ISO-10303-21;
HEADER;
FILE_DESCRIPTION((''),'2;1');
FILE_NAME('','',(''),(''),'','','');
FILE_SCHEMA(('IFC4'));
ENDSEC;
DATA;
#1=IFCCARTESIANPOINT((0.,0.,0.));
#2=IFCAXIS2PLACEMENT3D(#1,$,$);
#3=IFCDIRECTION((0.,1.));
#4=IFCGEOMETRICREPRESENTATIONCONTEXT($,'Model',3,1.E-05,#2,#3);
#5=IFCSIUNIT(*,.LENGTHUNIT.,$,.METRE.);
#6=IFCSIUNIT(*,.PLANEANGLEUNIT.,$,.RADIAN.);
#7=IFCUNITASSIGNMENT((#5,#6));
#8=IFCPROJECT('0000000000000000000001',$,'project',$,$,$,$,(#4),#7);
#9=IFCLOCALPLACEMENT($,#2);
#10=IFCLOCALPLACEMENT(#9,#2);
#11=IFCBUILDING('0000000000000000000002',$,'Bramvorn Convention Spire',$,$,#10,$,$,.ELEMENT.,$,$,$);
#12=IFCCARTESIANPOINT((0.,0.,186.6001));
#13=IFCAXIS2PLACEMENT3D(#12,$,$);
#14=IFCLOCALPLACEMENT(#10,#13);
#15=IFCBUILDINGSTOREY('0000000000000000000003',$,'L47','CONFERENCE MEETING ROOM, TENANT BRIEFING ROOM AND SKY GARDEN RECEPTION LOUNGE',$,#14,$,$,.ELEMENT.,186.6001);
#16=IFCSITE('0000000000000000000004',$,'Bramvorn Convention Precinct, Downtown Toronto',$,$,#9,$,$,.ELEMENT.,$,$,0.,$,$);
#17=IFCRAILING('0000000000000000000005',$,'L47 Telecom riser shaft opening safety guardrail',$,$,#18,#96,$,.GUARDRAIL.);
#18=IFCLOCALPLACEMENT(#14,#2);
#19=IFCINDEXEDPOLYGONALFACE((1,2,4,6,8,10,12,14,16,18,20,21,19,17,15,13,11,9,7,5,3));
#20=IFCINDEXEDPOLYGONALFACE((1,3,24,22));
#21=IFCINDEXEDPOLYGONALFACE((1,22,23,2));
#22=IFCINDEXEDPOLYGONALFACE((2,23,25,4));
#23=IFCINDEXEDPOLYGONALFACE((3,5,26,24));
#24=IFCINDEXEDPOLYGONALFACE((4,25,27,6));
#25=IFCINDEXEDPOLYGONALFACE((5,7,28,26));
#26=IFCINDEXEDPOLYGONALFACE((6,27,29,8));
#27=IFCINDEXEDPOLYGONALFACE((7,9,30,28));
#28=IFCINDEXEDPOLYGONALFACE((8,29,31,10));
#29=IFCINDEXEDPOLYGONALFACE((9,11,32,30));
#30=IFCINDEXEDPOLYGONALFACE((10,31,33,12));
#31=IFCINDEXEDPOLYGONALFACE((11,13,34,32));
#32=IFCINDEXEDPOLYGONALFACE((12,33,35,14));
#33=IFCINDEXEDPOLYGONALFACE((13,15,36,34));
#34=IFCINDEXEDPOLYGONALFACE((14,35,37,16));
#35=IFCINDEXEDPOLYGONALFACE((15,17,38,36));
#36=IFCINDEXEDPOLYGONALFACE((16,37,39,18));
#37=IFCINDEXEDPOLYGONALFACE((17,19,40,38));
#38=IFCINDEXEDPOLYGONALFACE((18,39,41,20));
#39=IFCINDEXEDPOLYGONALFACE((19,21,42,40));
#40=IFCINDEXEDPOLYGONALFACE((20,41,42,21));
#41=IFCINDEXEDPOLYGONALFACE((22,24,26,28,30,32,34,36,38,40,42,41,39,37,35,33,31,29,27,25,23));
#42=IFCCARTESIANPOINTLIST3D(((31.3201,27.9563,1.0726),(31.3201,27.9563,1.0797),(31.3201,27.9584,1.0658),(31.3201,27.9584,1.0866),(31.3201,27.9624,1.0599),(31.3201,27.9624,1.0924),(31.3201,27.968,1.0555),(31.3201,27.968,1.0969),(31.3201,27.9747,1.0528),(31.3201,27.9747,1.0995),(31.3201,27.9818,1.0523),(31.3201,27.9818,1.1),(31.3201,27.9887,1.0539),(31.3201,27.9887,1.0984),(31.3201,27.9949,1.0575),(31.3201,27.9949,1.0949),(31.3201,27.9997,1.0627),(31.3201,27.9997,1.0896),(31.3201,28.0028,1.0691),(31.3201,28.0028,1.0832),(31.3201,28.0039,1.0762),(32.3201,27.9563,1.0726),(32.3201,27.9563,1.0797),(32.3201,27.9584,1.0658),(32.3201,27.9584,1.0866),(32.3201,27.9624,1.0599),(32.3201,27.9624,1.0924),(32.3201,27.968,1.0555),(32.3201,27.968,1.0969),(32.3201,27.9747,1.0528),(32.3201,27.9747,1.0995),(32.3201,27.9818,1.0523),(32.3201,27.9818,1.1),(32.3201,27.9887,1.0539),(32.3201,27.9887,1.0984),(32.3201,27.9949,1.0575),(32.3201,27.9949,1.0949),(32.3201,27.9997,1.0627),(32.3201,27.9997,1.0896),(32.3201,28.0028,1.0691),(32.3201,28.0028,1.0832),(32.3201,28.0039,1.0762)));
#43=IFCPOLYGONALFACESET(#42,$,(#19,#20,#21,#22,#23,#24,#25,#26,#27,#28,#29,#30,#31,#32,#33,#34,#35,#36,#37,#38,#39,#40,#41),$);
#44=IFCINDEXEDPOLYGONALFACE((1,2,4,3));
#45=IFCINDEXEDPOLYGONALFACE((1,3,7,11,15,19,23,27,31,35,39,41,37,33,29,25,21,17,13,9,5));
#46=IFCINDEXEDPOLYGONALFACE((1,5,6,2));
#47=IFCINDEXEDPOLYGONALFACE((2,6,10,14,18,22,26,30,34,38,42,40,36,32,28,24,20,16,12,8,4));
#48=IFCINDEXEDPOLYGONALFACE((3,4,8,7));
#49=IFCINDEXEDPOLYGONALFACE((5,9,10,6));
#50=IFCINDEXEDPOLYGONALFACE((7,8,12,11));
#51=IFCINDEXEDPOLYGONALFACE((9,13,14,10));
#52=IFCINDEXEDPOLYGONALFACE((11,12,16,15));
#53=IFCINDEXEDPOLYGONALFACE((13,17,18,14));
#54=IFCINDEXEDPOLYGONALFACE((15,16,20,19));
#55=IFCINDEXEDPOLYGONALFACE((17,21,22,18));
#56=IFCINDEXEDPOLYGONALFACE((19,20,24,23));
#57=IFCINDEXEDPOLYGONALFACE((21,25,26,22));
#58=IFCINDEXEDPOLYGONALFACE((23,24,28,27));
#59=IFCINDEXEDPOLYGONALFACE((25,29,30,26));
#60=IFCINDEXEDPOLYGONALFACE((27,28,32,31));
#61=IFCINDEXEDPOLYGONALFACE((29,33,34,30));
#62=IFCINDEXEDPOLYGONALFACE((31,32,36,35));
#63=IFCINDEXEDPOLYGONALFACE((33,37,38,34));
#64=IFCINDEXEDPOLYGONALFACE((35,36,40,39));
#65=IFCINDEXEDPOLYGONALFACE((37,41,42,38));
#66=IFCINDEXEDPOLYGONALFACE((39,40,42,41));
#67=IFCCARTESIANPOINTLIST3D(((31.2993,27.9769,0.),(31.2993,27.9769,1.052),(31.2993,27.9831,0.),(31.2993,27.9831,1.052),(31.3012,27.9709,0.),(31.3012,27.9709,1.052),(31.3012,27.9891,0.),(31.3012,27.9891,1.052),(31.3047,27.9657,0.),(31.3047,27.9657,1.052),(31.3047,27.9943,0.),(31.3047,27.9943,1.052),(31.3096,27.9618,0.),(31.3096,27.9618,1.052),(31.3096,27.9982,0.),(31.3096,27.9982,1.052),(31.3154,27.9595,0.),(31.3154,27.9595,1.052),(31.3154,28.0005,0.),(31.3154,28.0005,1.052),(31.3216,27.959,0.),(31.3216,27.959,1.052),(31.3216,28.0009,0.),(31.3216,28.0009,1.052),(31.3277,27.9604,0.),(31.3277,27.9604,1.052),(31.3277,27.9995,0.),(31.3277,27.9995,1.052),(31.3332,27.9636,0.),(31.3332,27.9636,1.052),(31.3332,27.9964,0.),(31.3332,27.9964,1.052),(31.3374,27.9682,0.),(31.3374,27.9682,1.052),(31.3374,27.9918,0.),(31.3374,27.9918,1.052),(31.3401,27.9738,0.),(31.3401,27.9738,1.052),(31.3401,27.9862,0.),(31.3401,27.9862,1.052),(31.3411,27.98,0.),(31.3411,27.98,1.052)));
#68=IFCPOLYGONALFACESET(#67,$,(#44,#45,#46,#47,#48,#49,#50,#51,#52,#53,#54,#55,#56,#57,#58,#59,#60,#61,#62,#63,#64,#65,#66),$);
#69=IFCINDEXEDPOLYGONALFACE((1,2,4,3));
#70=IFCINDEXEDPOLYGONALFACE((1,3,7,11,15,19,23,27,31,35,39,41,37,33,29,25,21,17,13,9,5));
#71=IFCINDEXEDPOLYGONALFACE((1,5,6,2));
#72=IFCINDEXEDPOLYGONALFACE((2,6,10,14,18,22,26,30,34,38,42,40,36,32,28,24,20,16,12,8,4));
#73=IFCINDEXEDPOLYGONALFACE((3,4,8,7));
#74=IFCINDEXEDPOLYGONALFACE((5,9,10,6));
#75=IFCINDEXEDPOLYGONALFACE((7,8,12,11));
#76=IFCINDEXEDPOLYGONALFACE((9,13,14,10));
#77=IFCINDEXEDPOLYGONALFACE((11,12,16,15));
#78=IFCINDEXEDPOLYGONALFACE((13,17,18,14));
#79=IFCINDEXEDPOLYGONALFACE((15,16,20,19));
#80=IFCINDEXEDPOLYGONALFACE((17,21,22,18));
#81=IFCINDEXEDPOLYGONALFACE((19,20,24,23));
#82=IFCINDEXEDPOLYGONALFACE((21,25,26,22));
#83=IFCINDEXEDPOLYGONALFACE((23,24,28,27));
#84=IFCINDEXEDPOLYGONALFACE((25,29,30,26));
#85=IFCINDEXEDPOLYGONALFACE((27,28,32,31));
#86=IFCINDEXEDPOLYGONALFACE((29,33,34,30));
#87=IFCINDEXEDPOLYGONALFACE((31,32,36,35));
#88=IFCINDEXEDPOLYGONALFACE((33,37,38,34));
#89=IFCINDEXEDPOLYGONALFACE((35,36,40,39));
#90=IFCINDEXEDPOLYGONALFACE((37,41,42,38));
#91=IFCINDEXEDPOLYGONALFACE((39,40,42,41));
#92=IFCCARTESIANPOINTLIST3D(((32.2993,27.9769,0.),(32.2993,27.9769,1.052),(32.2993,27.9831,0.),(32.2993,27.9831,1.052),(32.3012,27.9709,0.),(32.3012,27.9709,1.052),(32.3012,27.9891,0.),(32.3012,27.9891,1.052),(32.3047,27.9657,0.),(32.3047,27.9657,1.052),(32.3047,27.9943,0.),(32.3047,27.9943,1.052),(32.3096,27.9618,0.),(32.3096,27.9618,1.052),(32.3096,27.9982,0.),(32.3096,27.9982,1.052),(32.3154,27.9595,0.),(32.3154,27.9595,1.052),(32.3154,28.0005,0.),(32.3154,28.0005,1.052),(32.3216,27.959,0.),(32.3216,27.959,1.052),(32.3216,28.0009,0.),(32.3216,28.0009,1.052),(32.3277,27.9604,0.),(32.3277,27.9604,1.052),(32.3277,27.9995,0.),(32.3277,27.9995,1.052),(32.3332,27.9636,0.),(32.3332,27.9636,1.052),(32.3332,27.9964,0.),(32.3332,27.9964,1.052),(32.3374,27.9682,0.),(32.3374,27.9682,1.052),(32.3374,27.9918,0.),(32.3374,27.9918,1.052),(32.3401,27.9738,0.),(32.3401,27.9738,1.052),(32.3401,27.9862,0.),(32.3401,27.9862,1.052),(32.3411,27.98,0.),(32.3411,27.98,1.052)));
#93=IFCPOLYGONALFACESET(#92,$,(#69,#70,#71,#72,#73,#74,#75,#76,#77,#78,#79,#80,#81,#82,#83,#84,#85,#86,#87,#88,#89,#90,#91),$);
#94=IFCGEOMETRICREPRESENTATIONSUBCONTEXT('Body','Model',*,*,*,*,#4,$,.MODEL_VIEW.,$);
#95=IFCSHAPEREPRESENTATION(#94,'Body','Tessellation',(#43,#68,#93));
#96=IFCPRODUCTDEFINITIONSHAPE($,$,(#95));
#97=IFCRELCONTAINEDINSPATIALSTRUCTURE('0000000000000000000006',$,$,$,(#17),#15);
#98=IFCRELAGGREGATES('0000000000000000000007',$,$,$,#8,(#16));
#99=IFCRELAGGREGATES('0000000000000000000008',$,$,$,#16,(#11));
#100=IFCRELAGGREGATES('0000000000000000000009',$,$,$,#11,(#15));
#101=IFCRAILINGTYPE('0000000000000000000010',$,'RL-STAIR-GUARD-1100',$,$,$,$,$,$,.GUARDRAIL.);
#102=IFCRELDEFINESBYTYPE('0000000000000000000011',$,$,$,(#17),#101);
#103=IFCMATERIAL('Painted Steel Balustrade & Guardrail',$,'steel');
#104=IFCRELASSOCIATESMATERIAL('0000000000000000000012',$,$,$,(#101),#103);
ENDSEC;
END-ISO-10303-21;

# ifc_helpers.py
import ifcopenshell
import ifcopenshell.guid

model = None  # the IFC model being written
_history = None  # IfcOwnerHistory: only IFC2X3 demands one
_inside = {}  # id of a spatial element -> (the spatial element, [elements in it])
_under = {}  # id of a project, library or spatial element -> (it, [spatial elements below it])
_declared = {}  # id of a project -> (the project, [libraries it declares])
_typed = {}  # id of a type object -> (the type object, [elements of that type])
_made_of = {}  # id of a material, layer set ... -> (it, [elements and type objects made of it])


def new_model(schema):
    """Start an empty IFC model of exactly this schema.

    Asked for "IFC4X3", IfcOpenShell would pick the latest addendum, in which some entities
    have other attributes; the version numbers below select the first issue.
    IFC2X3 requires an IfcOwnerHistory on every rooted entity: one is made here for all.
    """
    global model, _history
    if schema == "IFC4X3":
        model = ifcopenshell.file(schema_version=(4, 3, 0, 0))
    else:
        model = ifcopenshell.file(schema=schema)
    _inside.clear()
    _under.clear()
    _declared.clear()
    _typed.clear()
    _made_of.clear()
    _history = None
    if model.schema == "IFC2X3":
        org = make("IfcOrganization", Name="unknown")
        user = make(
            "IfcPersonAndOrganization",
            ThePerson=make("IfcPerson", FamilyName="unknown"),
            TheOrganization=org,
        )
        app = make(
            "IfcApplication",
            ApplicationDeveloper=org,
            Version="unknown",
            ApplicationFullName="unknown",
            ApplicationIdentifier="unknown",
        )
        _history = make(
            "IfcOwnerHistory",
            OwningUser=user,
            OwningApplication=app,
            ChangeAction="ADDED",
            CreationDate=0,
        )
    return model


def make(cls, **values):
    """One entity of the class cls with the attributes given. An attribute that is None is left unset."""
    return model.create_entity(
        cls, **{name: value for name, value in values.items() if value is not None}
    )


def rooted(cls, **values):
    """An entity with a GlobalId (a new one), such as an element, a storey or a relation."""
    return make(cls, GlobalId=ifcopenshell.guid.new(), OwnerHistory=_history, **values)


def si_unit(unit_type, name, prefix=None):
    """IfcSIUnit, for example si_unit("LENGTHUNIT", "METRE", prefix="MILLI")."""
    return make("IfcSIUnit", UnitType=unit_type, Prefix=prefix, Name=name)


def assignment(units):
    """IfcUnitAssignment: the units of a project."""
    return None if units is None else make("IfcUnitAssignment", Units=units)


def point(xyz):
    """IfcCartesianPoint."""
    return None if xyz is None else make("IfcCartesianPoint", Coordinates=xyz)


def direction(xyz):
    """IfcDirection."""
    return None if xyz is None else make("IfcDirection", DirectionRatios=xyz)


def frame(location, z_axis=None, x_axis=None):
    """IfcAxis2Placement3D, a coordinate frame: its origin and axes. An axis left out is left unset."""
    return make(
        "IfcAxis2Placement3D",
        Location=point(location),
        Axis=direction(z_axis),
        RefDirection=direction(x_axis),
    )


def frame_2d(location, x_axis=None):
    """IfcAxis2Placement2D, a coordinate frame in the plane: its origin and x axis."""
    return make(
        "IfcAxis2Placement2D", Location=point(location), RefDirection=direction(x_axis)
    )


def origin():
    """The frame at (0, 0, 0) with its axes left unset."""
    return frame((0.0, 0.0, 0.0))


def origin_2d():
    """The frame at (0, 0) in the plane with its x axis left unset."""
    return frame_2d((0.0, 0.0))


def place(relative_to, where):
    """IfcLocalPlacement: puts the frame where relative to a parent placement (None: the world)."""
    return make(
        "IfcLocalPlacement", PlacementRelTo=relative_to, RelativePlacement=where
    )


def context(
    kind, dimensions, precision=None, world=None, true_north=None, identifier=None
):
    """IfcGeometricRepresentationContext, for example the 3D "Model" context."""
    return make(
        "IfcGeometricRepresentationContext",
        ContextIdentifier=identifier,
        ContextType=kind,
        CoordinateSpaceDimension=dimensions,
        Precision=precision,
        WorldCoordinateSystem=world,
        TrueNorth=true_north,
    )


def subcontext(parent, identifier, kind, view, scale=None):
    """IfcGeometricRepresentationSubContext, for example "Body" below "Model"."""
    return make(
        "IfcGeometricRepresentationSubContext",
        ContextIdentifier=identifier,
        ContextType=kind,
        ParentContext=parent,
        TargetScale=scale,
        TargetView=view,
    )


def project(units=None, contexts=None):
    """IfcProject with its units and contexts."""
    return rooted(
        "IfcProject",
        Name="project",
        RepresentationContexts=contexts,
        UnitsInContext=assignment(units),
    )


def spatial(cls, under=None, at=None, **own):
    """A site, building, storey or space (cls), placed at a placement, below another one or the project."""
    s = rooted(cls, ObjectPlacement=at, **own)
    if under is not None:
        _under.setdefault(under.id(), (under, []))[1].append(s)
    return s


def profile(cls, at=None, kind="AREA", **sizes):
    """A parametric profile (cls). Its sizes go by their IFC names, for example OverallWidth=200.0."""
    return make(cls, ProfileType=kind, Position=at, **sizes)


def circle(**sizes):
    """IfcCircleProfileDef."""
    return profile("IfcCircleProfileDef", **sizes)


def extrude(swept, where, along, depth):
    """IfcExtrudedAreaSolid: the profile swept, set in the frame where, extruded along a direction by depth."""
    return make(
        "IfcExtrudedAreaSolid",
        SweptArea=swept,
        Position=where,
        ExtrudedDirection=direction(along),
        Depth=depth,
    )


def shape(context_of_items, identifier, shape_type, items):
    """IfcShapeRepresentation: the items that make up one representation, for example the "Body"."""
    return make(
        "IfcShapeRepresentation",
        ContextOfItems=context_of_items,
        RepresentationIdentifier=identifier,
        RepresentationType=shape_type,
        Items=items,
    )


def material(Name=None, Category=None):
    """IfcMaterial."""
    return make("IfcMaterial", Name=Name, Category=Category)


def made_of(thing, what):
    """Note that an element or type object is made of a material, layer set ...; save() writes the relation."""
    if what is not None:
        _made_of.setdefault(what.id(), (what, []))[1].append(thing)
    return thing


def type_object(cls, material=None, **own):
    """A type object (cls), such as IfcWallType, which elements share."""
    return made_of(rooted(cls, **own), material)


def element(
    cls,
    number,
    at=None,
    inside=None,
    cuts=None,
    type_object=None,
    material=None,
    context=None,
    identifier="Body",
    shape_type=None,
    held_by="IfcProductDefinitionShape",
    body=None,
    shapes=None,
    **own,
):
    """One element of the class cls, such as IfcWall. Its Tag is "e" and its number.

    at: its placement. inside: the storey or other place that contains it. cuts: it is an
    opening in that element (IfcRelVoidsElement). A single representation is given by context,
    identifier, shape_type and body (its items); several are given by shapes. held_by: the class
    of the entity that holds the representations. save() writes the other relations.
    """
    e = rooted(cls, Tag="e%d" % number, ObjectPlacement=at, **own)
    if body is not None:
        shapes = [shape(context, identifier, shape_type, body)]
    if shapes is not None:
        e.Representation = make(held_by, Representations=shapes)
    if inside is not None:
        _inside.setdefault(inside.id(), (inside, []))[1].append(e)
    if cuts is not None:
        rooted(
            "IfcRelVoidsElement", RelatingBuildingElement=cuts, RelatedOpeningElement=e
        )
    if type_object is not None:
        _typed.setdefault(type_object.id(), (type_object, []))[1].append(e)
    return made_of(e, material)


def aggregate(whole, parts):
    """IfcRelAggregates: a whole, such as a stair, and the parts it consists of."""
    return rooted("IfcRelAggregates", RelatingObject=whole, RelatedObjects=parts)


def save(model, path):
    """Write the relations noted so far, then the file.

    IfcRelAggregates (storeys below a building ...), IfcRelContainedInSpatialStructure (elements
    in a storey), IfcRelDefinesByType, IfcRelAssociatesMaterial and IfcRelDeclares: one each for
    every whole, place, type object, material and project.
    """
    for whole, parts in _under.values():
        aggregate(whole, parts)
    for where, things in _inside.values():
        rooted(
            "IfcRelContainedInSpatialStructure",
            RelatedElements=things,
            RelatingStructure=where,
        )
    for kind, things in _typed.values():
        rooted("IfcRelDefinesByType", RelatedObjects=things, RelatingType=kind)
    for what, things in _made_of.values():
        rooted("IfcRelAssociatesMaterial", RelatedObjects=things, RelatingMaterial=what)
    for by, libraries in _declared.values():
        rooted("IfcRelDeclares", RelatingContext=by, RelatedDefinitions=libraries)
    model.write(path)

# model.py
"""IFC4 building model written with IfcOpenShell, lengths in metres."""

from ifc_helpers import new_model, si_unit, direction, frame, origin, origin_2d, place, context, subcontext, project, spatial, circle, extrude, material, type_object, element, save


model = new_model("IFC4")

# Units and contexts
model_context = context("Model", 3, precision=1e-05, world=origin(), true_north=direction((0.0, 1.0)))
body_context = subcontext(model_context, "Body", "Model", "MODEL_VIEW")
ifc_project = project(units=[si_unit("LENGTHUNIT", "METRE"), si_unit("PLANEANGLEUNIT", "RADIAN")], contexts=[model_context])

# Site, building, storey
site_placement = place(None, origin())
site = spatial("IfcSite", under=ifc_project, at=site_placement, Name="Bramvorn Convention Precinct, Downtown Toronto", CompositionType="ELEMENT", RefElevation=0.0)
building_placement = place(site_placement, origin())
building = spatial("IfcBuilding", under=site, at=building_placement, Name="Bramvorn Convention Spire", CompositionType="ELEMENT")
storey_placement = place(building_placement, frame((0.0, 0.0, 186.6001)))
storey = spatial("IfcBuildingStorey", under=building, at=storey_placement, Name="L47", Description="CONFERENCE MEETING ROOM, TENANT BRIEFING ROOM AND SKY GARDEN RECEPTION LOUNGE", CompositionType="ELEMENT", Elevation=186.6001)

# Railing
ifc_material_1 = material(Name="Painted Steel Balustrade & Guardrail", Category="steel")
railing_type = type_object("IfcRailingType", Name="RL-STAIR-GUARD-1100", PredefinedType="GUARDRAIL", material=ifc_material_1)
railing_placement = place(storey_placement, frame((31.3201, 27.98, 0.0)))
element("IfcRailing", 1, at=railing_placement, inside=storey, type_object=railing_type, Name="L47 Telecom riser shaft opening safety guardrail", PredefinedType="GUARDRAIL", context=body_context, shape_type="SweptSolid", body=[
    extrude(circle(Radius=0.0239, at=origin_2d()), frame((0.0, 0.0, 1.0762), z_axis=(1.0, 0.0, 0.0), x_axis=(0.0, 1.0, 0.0)), (0.0, 0.0, 1.0), 1.0),
    extrude(circle(Radius=0.021, at=origin_2d()), origin(), (0.0, 0.0, 1.0), 1.052),
    extrude(circle(Radius=0.021, at=origin_2d()), frame((1.0, 0.0, 0.0)), (0.0, 0.0, 1.0), 1.052),
])

save(model, "model.ifc")
